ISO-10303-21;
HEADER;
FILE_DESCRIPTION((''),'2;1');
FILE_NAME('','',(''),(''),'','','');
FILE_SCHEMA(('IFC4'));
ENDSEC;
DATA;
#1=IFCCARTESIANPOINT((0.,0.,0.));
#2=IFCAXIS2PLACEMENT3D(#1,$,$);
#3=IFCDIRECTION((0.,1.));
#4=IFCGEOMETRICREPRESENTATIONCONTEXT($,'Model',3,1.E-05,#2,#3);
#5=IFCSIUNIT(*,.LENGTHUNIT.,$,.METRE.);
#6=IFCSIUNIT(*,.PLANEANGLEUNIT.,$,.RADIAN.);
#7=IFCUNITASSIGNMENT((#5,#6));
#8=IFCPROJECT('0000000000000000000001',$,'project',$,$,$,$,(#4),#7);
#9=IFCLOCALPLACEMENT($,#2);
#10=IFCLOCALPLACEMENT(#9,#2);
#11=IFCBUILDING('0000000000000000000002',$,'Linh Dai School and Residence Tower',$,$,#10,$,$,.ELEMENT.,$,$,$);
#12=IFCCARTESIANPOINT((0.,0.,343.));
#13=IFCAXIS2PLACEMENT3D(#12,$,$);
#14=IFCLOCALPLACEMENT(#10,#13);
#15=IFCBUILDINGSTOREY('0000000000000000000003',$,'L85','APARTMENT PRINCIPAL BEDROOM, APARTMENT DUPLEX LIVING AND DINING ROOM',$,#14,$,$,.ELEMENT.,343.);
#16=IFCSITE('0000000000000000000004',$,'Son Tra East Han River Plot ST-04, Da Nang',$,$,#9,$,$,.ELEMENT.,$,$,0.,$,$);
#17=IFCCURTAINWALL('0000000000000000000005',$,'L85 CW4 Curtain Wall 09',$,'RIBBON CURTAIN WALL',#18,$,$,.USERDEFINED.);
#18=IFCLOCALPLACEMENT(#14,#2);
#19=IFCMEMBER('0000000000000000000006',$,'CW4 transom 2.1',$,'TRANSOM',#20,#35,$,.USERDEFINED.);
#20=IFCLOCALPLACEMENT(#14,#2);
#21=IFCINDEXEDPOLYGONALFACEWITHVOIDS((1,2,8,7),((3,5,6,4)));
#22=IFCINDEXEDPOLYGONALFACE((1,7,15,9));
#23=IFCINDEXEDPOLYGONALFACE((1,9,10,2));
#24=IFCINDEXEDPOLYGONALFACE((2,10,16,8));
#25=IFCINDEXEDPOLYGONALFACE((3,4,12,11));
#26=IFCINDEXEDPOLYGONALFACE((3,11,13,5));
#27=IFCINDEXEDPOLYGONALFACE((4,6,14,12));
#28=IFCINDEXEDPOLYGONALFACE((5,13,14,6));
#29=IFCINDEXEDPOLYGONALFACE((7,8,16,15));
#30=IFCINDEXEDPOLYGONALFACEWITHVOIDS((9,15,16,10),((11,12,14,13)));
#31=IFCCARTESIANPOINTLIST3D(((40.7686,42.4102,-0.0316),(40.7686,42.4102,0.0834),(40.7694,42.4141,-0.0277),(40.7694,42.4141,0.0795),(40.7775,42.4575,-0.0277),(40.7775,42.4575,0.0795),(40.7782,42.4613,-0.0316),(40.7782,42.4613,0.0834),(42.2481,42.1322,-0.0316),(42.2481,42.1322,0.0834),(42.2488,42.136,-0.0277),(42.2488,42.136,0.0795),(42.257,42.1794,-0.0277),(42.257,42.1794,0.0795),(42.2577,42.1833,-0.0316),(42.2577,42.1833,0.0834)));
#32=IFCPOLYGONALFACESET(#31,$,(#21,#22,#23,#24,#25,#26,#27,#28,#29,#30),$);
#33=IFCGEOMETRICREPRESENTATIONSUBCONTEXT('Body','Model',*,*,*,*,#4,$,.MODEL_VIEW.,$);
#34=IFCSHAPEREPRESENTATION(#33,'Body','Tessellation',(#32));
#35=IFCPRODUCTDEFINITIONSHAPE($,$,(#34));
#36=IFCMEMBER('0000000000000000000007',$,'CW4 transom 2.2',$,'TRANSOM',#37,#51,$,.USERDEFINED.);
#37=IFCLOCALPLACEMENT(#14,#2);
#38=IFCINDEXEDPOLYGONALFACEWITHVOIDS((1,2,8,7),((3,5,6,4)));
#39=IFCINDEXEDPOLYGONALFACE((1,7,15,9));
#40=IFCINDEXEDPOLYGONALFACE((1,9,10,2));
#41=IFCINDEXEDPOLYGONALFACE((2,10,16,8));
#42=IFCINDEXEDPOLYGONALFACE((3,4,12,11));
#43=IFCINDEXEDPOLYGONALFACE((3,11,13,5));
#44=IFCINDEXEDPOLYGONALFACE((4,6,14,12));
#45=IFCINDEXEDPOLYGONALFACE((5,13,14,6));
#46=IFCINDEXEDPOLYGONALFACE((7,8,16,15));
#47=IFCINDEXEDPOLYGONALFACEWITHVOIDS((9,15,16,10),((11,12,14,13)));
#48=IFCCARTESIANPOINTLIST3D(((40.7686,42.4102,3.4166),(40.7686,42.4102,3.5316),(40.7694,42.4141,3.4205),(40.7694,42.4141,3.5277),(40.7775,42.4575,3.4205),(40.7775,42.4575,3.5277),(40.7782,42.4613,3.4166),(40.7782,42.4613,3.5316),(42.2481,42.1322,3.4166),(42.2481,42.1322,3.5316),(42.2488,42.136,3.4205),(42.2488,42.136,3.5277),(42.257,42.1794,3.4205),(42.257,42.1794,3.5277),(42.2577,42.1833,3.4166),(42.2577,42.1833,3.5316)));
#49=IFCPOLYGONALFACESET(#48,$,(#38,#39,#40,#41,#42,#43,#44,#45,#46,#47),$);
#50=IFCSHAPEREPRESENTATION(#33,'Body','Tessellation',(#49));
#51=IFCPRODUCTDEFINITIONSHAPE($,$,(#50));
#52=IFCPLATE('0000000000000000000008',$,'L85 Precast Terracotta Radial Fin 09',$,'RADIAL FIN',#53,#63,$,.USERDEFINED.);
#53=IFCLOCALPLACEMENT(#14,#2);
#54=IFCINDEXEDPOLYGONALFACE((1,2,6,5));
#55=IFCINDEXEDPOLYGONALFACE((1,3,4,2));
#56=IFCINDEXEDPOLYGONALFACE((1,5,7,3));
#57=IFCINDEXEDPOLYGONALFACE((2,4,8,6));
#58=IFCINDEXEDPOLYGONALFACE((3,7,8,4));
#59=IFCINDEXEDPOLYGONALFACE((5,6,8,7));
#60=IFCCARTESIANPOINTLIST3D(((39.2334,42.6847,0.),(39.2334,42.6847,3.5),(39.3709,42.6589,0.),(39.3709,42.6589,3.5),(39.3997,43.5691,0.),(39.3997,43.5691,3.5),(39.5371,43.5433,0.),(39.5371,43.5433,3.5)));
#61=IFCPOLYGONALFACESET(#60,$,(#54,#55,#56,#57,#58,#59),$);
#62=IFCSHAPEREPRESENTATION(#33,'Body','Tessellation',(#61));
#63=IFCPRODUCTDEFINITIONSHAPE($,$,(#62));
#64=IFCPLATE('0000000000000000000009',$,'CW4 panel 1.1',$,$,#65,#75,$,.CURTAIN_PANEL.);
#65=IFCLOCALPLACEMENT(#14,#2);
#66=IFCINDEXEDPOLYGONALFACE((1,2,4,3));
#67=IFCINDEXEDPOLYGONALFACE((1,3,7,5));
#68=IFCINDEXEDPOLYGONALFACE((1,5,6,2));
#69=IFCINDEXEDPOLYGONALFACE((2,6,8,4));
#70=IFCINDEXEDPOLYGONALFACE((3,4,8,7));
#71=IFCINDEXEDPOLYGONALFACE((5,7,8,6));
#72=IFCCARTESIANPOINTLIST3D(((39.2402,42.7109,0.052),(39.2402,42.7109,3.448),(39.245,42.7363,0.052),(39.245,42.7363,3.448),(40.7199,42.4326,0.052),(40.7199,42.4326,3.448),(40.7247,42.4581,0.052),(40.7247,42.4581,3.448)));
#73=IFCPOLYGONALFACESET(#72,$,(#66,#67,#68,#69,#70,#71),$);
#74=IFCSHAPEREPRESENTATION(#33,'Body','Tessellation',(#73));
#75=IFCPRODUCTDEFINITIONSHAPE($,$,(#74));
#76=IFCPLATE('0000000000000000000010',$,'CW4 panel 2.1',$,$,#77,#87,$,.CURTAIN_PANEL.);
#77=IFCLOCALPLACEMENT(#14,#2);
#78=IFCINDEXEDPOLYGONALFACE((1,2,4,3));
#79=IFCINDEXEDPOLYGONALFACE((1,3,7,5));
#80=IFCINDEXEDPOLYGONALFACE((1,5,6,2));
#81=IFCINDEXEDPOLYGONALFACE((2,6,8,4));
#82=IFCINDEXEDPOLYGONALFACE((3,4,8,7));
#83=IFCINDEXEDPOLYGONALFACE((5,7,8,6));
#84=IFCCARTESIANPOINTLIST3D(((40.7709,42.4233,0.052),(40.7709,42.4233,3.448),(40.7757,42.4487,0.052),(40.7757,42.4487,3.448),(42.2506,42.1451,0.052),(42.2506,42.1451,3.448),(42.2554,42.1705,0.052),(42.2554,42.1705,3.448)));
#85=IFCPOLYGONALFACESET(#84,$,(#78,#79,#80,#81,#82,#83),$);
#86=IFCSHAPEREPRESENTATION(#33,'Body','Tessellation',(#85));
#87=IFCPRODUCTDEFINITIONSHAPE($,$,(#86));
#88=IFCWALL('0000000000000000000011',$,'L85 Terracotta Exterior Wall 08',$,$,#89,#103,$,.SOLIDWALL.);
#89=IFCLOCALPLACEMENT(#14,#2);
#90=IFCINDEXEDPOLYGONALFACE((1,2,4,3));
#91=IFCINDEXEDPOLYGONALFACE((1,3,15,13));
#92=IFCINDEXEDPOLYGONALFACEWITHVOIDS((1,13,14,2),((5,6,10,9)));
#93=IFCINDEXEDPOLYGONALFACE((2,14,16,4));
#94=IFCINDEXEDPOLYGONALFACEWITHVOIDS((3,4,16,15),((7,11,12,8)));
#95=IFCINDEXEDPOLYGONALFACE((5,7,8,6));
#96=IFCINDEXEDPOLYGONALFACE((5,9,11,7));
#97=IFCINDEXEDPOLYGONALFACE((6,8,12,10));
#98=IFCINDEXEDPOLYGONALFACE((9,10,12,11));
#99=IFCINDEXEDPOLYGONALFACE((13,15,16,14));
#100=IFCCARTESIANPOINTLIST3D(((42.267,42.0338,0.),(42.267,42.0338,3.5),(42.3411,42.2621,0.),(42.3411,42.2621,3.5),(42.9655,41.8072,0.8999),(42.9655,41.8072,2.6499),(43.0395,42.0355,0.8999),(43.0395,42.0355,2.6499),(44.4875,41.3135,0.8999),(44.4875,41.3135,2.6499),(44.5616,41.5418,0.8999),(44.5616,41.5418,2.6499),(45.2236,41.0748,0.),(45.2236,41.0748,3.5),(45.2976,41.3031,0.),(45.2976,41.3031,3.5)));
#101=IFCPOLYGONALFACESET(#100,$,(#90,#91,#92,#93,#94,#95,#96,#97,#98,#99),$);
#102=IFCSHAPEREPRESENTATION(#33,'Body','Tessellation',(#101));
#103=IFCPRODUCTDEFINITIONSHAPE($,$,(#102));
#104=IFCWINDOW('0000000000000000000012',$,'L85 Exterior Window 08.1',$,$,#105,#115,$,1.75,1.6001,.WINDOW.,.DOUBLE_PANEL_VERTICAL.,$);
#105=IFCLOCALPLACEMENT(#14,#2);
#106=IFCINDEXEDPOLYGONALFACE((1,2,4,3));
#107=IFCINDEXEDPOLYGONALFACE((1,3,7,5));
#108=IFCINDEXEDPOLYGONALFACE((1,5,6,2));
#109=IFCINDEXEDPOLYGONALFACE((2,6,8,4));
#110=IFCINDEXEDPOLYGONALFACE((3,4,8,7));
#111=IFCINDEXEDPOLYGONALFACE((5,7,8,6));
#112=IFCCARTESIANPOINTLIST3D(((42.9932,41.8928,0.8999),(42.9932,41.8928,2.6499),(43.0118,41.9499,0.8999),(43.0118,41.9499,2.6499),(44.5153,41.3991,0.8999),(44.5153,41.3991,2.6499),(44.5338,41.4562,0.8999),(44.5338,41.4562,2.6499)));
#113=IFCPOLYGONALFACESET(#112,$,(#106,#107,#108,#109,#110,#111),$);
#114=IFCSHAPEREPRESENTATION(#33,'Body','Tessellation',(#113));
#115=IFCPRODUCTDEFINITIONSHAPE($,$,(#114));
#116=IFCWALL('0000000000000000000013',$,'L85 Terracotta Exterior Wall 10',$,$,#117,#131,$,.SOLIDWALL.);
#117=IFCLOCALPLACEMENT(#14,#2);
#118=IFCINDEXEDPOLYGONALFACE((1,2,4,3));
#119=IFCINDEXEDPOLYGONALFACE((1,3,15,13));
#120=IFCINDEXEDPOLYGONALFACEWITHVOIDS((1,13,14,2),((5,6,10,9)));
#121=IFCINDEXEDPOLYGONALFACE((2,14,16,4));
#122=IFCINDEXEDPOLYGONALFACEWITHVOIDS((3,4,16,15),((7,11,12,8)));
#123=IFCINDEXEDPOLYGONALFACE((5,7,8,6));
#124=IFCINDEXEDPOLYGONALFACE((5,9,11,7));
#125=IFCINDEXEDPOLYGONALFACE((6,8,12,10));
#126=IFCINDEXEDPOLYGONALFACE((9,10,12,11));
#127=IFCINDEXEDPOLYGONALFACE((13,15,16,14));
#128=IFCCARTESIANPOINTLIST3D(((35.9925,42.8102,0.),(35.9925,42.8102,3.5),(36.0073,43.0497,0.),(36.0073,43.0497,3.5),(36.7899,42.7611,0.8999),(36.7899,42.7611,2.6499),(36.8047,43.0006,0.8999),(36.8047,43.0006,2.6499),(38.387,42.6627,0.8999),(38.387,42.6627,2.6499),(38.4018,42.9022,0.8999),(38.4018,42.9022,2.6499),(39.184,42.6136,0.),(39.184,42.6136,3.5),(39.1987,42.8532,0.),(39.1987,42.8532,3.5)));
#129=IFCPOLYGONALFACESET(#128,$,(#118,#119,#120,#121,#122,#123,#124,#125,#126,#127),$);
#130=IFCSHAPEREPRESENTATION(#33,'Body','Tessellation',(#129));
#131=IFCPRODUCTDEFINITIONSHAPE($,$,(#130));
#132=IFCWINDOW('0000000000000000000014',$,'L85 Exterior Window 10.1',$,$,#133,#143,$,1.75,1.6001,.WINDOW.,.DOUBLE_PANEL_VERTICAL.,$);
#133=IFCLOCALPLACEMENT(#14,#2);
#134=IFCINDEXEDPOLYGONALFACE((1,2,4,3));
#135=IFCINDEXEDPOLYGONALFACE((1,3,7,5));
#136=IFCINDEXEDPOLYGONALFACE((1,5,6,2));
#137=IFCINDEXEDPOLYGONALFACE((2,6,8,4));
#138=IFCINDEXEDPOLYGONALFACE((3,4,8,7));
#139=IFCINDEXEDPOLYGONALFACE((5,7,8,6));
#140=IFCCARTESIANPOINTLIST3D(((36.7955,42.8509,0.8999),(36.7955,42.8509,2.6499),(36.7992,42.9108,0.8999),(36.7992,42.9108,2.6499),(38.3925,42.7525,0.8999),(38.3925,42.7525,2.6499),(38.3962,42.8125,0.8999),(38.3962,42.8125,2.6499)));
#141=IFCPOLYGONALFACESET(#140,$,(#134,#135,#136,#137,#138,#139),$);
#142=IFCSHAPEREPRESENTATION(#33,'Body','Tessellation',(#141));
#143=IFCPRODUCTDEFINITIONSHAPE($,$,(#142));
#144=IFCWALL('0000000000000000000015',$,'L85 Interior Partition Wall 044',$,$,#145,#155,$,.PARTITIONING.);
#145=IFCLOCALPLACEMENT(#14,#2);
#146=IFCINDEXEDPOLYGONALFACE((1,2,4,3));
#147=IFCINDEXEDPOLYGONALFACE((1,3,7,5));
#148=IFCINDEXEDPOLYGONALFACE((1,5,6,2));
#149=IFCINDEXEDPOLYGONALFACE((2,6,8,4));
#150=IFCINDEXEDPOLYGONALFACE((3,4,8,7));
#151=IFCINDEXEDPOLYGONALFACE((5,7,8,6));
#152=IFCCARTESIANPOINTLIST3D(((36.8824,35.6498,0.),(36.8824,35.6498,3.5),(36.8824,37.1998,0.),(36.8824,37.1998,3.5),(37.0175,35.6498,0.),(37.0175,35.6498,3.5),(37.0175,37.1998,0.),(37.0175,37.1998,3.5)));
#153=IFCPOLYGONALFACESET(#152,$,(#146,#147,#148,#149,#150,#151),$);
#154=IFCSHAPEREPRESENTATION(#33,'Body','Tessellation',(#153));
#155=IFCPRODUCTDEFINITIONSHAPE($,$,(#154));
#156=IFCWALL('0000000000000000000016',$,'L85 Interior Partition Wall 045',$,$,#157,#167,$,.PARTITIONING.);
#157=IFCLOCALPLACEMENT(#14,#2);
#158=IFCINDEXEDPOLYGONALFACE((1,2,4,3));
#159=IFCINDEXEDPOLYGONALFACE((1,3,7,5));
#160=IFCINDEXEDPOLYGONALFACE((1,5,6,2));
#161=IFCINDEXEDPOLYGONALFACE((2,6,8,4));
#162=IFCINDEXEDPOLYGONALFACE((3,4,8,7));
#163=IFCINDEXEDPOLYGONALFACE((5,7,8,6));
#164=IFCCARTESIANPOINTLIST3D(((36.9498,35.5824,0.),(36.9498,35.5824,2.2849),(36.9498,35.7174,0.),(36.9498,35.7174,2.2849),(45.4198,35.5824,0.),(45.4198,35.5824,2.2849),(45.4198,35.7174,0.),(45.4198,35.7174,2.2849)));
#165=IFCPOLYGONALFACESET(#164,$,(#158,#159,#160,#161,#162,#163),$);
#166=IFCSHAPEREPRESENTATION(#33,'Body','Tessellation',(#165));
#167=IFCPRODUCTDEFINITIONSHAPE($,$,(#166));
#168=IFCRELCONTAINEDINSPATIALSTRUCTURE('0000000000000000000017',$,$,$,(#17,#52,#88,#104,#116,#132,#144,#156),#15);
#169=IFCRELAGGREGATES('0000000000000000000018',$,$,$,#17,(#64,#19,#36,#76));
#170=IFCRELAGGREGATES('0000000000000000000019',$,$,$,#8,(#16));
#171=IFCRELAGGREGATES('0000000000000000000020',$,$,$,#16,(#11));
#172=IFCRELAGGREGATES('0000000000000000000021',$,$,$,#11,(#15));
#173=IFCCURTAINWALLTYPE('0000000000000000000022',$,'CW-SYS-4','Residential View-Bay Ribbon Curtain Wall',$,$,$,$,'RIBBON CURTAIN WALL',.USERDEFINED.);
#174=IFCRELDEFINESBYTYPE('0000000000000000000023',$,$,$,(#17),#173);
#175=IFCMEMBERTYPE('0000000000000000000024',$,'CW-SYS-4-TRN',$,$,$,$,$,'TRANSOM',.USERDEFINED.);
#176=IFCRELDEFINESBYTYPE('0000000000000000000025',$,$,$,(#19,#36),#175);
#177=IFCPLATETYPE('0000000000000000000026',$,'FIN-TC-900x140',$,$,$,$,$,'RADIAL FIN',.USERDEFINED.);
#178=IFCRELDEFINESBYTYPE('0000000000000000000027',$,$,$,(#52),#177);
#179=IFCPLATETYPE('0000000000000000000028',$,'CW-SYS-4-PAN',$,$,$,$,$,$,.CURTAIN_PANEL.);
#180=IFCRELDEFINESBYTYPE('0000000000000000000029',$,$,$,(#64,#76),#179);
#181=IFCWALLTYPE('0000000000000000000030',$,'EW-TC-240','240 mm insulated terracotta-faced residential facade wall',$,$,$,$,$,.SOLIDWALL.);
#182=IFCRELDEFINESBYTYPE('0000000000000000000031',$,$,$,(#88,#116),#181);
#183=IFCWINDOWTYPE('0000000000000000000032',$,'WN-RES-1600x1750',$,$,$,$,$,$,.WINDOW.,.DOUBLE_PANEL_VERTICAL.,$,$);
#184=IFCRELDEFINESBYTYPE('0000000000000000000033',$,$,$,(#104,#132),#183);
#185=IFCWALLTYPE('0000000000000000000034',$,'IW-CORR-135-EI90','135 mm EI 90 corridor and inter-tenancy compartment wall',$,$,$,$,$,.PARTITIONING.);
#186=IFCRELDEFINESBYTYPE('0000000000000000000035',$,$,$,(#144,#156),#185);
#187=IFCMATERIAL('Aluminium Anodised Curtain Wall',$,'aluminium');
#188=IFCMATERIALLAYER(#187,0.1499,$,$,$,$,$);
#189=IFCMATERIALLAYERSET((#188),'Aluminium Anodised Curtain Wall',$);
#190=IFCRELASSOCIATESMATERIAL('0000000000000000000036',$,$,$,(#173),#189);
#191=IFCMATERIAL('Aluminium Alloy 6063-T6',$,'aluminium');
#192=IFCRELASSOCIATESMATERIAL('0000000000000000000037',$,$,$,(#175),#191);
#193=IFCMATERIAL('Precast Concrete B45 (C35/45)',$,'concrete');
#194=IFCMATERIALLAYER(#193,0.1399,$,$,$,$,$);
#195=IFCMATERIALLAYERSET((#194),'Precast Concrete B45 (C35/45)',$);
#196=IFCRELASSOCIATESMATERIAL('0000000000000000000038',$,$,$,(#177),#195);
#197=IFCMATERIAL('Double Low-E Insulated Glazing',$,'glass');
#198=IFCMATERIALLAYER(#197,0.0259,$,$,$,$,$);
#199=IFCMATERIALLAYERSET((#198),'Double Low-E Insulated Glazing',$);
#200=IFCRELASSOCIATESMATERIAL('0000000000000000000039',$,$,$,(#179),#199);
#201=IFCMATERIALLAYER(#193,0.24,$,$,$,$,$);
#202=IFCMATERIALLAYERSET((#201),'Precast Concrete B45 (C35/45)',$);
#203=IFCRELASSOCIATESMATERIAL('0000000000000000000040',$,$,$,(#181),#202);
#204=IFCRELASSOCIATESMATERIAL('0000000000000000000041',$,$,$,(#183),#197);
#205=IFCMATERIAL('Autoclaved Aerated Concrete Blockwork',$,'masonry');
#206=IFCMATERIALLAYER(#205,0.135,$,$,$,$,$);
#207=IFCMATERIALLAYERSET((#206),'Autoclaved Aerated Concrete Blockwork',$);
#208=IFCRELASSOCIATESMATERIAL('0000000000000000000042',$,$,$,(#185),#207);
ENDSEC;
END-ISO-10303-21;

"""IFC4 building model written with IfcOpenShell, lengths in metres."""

from ifc_helpers import new_model, si_unit, direction, frame, frame_2d, origin, origin_2d, place, context, subcontext, project, spatial, rectangle, hollow_rectangle, extrude, source, transform, mapped, material, layer, layer_set, material_profile, profile_set, type_object, element, fill, aggregate, save


model = new_model("IFC4")

# Units and contexts
model_context = context("Model", 3, precision=1e-05, world=origin(), true_north=direction((0.0, 1.0)))
body_context = subcontext(model_context, "Body", "Model", "MODEL_VIEW")
ifc_project = project(units=[si_unit("LENGTHUNIT", "METRE"), si_unit("PLANEANGLEUNIT", "RADIAN")], contexts=[model_context])

# Site, building, storey
site_placement = place(None, origin())
site = spatial("IfcSite", under=ifc_project, at=site_placement, Name="Son Tra East Han River Plot ST-04, Da Nang", CompositionType="ELEMENT", RefElevation=0.0)
building_placement = place(site_placement, origin())
building = spatial("IfcBuilding", under=site, at=building_placement, Name="Linh Dai School and Residence Tower", CompositionType="ELEMENT")
storey_placement = place(building_placement, frame((0.0, 0.0, 343.0)))
storey = spatial("IfcBuildingStorey", under=building, at=storey_placement, Name="L85", Description="APARTMENT PRINCIPAL BEDROOM, APARTMENT DUPLEX LIVING AND DINING ROOM", CompositionType="ELEMENT", Elevation=343.0)

# Curtain wall, members
ifc_material_1 = material(Name="Aluminium Anodised Curtain Wall", Category="aluminium")
ifc_layer_1 = layer(ifc_material_1, 0.1499)
ifc_layer_set_1 = layer_set([ifc_layer_1], Name="Aluminium Anodised Curtain Wall")
curtain_wall_type = type_object("IfcCurtainWallType", Name="CW-SYS-4", Description="Residential View-Bay Ribbon Curtain Wall", ElementType="RIBBON CURTAIN WALL", PredefinedType="USERDEFINED", material=ifc_layer_set_1)
curtain_wall_placement = place(storey_placement, origin())
curtain_wall = element("IfcCurtainWall", 1, at=curtain_wall_placement, inside=storey, type_object=curtain_wall_type, Name="L85 CW4 Curtain Wall 09", ObjectType="RIBBON CURTAIN WALL", PredefinedType="USERDEFINED")
ifc_material_2 = material(Name="Aluminium Alloy 6063-T6", Category="aluminium")
ifc_material_profile_1 = material_profile(ifc_material_2, hollow_rectangle(XDim=0.052, YDim=0.115, WallThickness=0.0039, at=origin_2d()), Name="RHS 115x52x4")
ifc_profile_set_1 = profile_set([ifc_material_profile_1], Name="Aluminium Alloy 6063-T6")
member_type_1 = type_object("IfcMemberType", Name="CW-SYS-4-TRN", ElementType="TRANSOM", PredefinedType="USERDEFINED", material=ifc_profile_set_1)
shared_shape_1 = source(origin(), body_context, "Body", "SweptSolid", [
    extrude(hollow_rectangle(XDim=0.052, YDim=0.115, WallThickness=0.0039, at=origin_2d()), origin(), (0.0, 0.0, 1.0), 1.5054),
])
member_1_placement = place(storey_placement, frame((40.7734, 42.4358, 0.0259), z_axis=(0.982791, -0.184719, 0.0), x_axis=(0.184719, 0.982791, 0.0)))
member_1 = element("IfcMember", 2, at=member_1_placement, type_object=member_type_1, Name="CW4 transom 2.1", ObjectType="TRANSOM", PredefinedType="USERDEFINED", context=body_context, shape_type="MappedRepresentation", body=[
    mapped(shared_shape_1, transform((0.0, 0.0, 0.0), x_axis=(1.0, 0.0, 0.0), y_axis=(0.0, 1.0, 0.0), z_axis=(0.0, 0.0, 1.0), scale=1.0)),
])
member_2_placement = place(storey_placement, frame((40.7734, 42.4358, 3.4741), z_axis=(0.982791, -0.184719, 0.0), x_axis=(0.184719, 0.982791, 0.0)))
member_2 = element("IfcMember", 3, at=member_2_placement, type_object=member_type_1, Name="CW4 transom 2.2", ObjectType="TRANSOM", PredefinedType="USERDEFINED", context=body_context, shape_type="MappedRepresentation", body=[
    mapped(shared_shape_1, transform((0.0, 0.0, 0.0), x_axis=(1.0, 0.0, 0.0), y_axis=(0.0, 1.0, 0.0), z_axis=(0.0, 0.0, 1.0), scale=1.0)),
])

# Plates
ifc_material_3 = material(Name="Precast Concrete B45 (C35/45)", Category="concrete")
ifc_layer_2 = layer(ifc_material_3, 0.1399)
ifc_layer_set_2 = layer_set([ifc_layer_2], Name="Precast Concrete B45 (C35/45)")
plate_type_1 = type_object("IfcPlateType", Name="FIN-TC-900x140", ElementType="RADIAL FIN", PredefinedType="USERDEFINED", material=ifc_layer_set_2)
shared_shape_2 = source(origin(), body_context, "Body", "SweptSolid", [
    extrude(rectangle(XDim=0.8999, YDim=0.1399, at=origin_2d()), origin(), (0.0, 0.0, 1.0), 3.5),
])
plate_1_placement = place(storey_placement, frame((39.3853, 43.114, 0.0), z_axis=(0.0, 0.0, 1.0), x_axis=(0.184785, 0.982779, 0.0)))
element("IfcPlate", 4, at=plate_1_placement, inside=storey, type_object=plate_type_1, Name="L85 Precast Terracotta Radial Fin 09", ObjectType="RADIAL FIN", PredefinedType="USERDEFINED", context=body_context, shape_type="MappedRepresentation", body=[
    mapped(shared_shape_2, transform((0.0, 0.0, 0.0), x_axis=(1.0, 0.0, 0.0), y_axis=(0.0, 1.0, 0.0), z_axis=(0.0, 0.0, 1.0), scale=1.0)),
])
ifc_material_4 = material(Name="Double Low-E Insulated Glazing", Category="glass")
ifc_layer_3 = layer(ifc_material_4, 0.0259)
ifc_layer_set_3 = layer_set([ifc_layer_3], Name="Double Low-E Insulated Glazing")
plate_type_2 = type_object("IfcPlateType", Name="CW-SYS-4-PAN", PredefinedType="CURTAIN_PANEL", material=ifc_layer_set_3)
shared_shape_3 = source(origin(), body_context, "Body", "SweptSolid", [
    extrude(rectangle(XDim=1.5056, YDim=0.0259, at=origin_2d()), origin(), (0.0, 0.0, 1.0), 3.396),
])
plate_2_placement = place(storey_placement, frame((39.9824, 42.5845, 0.052), z_axis=(0.0, 0.0, 1.0), x_axis=(0.982779, -0.184785, 0.0)))
plate_2 = element("IfcPlate", 5, at=plate_2_placement, type_object=plate_type_2, Name="CW4 panel 1.1", PredefinedType="CURTAIN_PANEL", context=body_context, shape_type="MappedRepresentation", body=[
    mapped(shared_shape_3, transform((0.0, 0.0, 0.0), x_axis=(1.0, 0.0, 0.0), y_axis=(0.0, 1.0, 0.0), z_axis=(0.0, 0.0, 1.0), scale=1.0)),
])
plate_3_placement = place(storey_placement, frame((41.5132, 42.2969, 0.052), z_axis=(0.0, 0.0, 1.0), x_axis=(0.982779, -0.184785, 0.0)))
plate_3 = element("IfcPlate", 6, at=plate_3_placement, type_object=plate_type_2, Name="CW4 panel 2.1", PredefinedType="CURTAIN_PANEL", context=body_context, shape_type="MappedRepresentation", body=[
    mapped(shared_shape_3, transform((0.0, 0.0, 0.0), x_axis=(1.0, 0.0, 0.0), y_axis=(0.0, 1.0, 0.0), z_axis=(0.0, 0.0, 1.0), scale=1.0)),
])
aggregate(curtain_wall, [plate_2, member_1, member_2, plate_3])

# Walls, openings, windows
ifc_layer_4 = layer(ifc_material_3, 0.24)
ifc_layer_set_4 = layer_set([ifc_layer_4], Name="Precast Concrete B45 (C35/45)")
wall_type_1 = type_object("IfcWallType", Name="EW-TC-240", Description="240 mm insulated terracotta-faced residential facade wall", PredefinedType="SOLIDWALL", material=ifc_layer_set_4)
wall_1_placement = place(storey_placement, frame((42.304, 42.1479, 0.0), z_axis=(0.0, 0.0, 1.0), x_axis=(0.951213, -0.308535, 0.0)))
wall_1 = element("IfcWall", 7, at=wall_1_placement, inside=storey, type_object=wall_type_1, Name="L85 Terracotta Exterior Wall 08", PredefinedType="SOLIDWALL", context=body_context, shape_type="SweptSolid", body=[
    extrude(rectangle(XDim=3.1082, YDim=0.24, at=frame_2d((1.5542, 0.0))), origin(), (0.0, 0.0, 1.0), 3.5),
])
opening_1_placement = place(wall_1_placement, frame((0.7344, 0.0, 0.8999)))
opening_1 = element("IfcOpeningElement", 8, at=opening_1_placement, cuts=wall_1, PredefinedType="OPENING", context=body_context, shape_type="SweptSolid", body=[
    extrude(rectangle(XDim=1.6001, YDim=1.75, at=origin_2d()), frame((0.8, 0.1299, 0.875), z_axis=(0.0, -1.0, 0.0), x_axis=(1.0, 0.0, 0.0)), (0.0, 0.0, 1.0), 0.26),
])
window_type = type_object("IfcWindowType", Name="WN-RES-1600x1750", PartitioningType="DOUBLE_PANEL_VERTICAL", PredefinedType="WINDOW", material=ifc_material_4)
shared_shape_4 = source(origin(), body_context, "Body", "SweptSolid", [
    extrude(rectangle(XDim=1.6001, YDim=1.75, at=origin_2d()), frame((0.8, 0.03, 0.875), z_axis=(0.0, -1.0, 0.0), x_axis=(1.0, 0.0, 0.0)), (0.0, 0.0, 1.0), 0.0601),
])
window_1_placement = place(opening_1_placement, origin())
window_1 = element("IfcWindow", 9, at=window_1_placement, inside=storey, type_object=window_type, Name="L85 Exterior Window 08.1", OverallHeight=1.75, OverallWidth=1.6001, PartitioningType="DOUBLE_PANEL_VERTICAL", PredefinedType="WINDOW", context=body_context, shape_type="MappedRepresentation", body=[
    mapped(shared_shape_4, transform((0.0, 0.0, 0.0), x_axis=(1.0, 0.0, 0.0), y_axis=(0.0, 1.0, 0.0), z_axis=(0.0, 0.0, 1.0), scale=1.0)),
])
fill(opening_1, window_1)
wall_2_placement = place(storey_placement, frame((36.0, 42.9299, 0.0), z_axis=(0.0, 0.0, 1.0), x_axis=(0.998109, -0.061466, 0.0)))
wall_2 = element("IfcWall", 10, at=wall_2_placement, inside=storey, type_object=wall_type_1, Name="L85 Terracotta Exterior Wall 10", PredefinedType="SOLIDWALL", context=body_context, shape_type="SweptSolid", body=[
    extrude(rectangle(XDim=3.1975, YDim=0.24, at=frame_2d((1.5986, 0.0))), origin(), (0.0, 0.0, 1.0), 3.5),
])
opening_2_placement = place(wall_2_placement, frame((0.7988, 0.0, 0.8999)))
opening_2 = element("IfcOpeningElement", 11, at=opening_2_placement, cuts=wall_2, PredefinedType="OPENING", context=body_context, shape_type="SweptSolid", body=[
    extrude(rectangle(XDim=1.6001, YDim=1.75, at=origin_2d()), frame((0.8, 0.1299, 0.875), z_axis=(0.0, -1.0, 0.0), x_axis=(1.0, 0.0, 0.0)), (0.0, 0.0, 1.0), 0.26),
])
window_2_placement = place(opening_2_placement, origin())
window_2 = element("IfcWindow", 12, at=window_2_placement, inside=storey, type_object=window_type, Name="L85 Exterior Window 10.1", OverallHeight=1.75, OverallWidth=1.6001, PartitioningType="DOUBLE_PANEL_VERTICAL", PredefinedType="WINDOW", context=body_context, shape_type="MappedRepresentation", body=[
    mapped(shared_shape_4, transform((0.0, 0.0, 0.0), x_axis=(1.0, 0.0, 0.0), y_axis=(0.0, 1.0, 0.0), z_axis=(0.0, 0.0, 1.0), scale=1.0)),
])
fill(opening_2, window_2)

# Walls
ifc_material_5 = material(Name="Autoclaved Aerated Concrete Blockwork", Category="masonry")
ifc_layer_5 = layer(ifc_material_5, 0.135)
ifc_layer_set_5 = layer_set([ifc_layer_5], Name="Autoclaved Aerated Concrete Blockwork")
wall_type_2 = type_object("IfcWallType", Name="IW-CORR-135-EI90", Description="135 mm EI 90 corridor and inter-tenancy compartment wall", PredefinedType="PARTITIONING", material=ifc_layer_set_5)
wall_3_placement = place(storey_placement, frame((36.95, 35.6499, 0.0), z_axis=(0.0, 0.0, 1.0), x_axis=(0.0, 1.0, 0.0)))
element("IfcWall", 13, at=wall_3_placement, inside=storey, type_object=wall_type_2, Name="L85 Interior Partition Wall 044", PredefinedType="PARTITIONING", context=body_context, shape_type="SweptSolid", body=[
    extrude(rectangle(XDim=1.55, YDim=0.135, at=frame_2d((0.7749, 0.0))), origin(), (0.0, 0.0, 1.0), 3.5),
])
wall_4_placement = place(storey_placement, frame((36.95, 35.6499, 0.0), z_axis=(0.0, 0.0, 1.0), x_axis=(1.0, 0.0, 0.0)))
element("IfcWall", 14, at=wall_4_placement, inside=storey, type_object=wall_type_2, Name="L85 Interior Partition Wall 045", PredefinedType="PARTITIONING", context=body_context, shape_type="SweptSolid", body=[
    extrude(rectangle(XDim=8.47, YDim=0.135, at=frame_2d((4.2349, 0.0))), origin(), (0.0, 0.0, 1.0), 2.2849),
])

save(model, "model.ifc")
